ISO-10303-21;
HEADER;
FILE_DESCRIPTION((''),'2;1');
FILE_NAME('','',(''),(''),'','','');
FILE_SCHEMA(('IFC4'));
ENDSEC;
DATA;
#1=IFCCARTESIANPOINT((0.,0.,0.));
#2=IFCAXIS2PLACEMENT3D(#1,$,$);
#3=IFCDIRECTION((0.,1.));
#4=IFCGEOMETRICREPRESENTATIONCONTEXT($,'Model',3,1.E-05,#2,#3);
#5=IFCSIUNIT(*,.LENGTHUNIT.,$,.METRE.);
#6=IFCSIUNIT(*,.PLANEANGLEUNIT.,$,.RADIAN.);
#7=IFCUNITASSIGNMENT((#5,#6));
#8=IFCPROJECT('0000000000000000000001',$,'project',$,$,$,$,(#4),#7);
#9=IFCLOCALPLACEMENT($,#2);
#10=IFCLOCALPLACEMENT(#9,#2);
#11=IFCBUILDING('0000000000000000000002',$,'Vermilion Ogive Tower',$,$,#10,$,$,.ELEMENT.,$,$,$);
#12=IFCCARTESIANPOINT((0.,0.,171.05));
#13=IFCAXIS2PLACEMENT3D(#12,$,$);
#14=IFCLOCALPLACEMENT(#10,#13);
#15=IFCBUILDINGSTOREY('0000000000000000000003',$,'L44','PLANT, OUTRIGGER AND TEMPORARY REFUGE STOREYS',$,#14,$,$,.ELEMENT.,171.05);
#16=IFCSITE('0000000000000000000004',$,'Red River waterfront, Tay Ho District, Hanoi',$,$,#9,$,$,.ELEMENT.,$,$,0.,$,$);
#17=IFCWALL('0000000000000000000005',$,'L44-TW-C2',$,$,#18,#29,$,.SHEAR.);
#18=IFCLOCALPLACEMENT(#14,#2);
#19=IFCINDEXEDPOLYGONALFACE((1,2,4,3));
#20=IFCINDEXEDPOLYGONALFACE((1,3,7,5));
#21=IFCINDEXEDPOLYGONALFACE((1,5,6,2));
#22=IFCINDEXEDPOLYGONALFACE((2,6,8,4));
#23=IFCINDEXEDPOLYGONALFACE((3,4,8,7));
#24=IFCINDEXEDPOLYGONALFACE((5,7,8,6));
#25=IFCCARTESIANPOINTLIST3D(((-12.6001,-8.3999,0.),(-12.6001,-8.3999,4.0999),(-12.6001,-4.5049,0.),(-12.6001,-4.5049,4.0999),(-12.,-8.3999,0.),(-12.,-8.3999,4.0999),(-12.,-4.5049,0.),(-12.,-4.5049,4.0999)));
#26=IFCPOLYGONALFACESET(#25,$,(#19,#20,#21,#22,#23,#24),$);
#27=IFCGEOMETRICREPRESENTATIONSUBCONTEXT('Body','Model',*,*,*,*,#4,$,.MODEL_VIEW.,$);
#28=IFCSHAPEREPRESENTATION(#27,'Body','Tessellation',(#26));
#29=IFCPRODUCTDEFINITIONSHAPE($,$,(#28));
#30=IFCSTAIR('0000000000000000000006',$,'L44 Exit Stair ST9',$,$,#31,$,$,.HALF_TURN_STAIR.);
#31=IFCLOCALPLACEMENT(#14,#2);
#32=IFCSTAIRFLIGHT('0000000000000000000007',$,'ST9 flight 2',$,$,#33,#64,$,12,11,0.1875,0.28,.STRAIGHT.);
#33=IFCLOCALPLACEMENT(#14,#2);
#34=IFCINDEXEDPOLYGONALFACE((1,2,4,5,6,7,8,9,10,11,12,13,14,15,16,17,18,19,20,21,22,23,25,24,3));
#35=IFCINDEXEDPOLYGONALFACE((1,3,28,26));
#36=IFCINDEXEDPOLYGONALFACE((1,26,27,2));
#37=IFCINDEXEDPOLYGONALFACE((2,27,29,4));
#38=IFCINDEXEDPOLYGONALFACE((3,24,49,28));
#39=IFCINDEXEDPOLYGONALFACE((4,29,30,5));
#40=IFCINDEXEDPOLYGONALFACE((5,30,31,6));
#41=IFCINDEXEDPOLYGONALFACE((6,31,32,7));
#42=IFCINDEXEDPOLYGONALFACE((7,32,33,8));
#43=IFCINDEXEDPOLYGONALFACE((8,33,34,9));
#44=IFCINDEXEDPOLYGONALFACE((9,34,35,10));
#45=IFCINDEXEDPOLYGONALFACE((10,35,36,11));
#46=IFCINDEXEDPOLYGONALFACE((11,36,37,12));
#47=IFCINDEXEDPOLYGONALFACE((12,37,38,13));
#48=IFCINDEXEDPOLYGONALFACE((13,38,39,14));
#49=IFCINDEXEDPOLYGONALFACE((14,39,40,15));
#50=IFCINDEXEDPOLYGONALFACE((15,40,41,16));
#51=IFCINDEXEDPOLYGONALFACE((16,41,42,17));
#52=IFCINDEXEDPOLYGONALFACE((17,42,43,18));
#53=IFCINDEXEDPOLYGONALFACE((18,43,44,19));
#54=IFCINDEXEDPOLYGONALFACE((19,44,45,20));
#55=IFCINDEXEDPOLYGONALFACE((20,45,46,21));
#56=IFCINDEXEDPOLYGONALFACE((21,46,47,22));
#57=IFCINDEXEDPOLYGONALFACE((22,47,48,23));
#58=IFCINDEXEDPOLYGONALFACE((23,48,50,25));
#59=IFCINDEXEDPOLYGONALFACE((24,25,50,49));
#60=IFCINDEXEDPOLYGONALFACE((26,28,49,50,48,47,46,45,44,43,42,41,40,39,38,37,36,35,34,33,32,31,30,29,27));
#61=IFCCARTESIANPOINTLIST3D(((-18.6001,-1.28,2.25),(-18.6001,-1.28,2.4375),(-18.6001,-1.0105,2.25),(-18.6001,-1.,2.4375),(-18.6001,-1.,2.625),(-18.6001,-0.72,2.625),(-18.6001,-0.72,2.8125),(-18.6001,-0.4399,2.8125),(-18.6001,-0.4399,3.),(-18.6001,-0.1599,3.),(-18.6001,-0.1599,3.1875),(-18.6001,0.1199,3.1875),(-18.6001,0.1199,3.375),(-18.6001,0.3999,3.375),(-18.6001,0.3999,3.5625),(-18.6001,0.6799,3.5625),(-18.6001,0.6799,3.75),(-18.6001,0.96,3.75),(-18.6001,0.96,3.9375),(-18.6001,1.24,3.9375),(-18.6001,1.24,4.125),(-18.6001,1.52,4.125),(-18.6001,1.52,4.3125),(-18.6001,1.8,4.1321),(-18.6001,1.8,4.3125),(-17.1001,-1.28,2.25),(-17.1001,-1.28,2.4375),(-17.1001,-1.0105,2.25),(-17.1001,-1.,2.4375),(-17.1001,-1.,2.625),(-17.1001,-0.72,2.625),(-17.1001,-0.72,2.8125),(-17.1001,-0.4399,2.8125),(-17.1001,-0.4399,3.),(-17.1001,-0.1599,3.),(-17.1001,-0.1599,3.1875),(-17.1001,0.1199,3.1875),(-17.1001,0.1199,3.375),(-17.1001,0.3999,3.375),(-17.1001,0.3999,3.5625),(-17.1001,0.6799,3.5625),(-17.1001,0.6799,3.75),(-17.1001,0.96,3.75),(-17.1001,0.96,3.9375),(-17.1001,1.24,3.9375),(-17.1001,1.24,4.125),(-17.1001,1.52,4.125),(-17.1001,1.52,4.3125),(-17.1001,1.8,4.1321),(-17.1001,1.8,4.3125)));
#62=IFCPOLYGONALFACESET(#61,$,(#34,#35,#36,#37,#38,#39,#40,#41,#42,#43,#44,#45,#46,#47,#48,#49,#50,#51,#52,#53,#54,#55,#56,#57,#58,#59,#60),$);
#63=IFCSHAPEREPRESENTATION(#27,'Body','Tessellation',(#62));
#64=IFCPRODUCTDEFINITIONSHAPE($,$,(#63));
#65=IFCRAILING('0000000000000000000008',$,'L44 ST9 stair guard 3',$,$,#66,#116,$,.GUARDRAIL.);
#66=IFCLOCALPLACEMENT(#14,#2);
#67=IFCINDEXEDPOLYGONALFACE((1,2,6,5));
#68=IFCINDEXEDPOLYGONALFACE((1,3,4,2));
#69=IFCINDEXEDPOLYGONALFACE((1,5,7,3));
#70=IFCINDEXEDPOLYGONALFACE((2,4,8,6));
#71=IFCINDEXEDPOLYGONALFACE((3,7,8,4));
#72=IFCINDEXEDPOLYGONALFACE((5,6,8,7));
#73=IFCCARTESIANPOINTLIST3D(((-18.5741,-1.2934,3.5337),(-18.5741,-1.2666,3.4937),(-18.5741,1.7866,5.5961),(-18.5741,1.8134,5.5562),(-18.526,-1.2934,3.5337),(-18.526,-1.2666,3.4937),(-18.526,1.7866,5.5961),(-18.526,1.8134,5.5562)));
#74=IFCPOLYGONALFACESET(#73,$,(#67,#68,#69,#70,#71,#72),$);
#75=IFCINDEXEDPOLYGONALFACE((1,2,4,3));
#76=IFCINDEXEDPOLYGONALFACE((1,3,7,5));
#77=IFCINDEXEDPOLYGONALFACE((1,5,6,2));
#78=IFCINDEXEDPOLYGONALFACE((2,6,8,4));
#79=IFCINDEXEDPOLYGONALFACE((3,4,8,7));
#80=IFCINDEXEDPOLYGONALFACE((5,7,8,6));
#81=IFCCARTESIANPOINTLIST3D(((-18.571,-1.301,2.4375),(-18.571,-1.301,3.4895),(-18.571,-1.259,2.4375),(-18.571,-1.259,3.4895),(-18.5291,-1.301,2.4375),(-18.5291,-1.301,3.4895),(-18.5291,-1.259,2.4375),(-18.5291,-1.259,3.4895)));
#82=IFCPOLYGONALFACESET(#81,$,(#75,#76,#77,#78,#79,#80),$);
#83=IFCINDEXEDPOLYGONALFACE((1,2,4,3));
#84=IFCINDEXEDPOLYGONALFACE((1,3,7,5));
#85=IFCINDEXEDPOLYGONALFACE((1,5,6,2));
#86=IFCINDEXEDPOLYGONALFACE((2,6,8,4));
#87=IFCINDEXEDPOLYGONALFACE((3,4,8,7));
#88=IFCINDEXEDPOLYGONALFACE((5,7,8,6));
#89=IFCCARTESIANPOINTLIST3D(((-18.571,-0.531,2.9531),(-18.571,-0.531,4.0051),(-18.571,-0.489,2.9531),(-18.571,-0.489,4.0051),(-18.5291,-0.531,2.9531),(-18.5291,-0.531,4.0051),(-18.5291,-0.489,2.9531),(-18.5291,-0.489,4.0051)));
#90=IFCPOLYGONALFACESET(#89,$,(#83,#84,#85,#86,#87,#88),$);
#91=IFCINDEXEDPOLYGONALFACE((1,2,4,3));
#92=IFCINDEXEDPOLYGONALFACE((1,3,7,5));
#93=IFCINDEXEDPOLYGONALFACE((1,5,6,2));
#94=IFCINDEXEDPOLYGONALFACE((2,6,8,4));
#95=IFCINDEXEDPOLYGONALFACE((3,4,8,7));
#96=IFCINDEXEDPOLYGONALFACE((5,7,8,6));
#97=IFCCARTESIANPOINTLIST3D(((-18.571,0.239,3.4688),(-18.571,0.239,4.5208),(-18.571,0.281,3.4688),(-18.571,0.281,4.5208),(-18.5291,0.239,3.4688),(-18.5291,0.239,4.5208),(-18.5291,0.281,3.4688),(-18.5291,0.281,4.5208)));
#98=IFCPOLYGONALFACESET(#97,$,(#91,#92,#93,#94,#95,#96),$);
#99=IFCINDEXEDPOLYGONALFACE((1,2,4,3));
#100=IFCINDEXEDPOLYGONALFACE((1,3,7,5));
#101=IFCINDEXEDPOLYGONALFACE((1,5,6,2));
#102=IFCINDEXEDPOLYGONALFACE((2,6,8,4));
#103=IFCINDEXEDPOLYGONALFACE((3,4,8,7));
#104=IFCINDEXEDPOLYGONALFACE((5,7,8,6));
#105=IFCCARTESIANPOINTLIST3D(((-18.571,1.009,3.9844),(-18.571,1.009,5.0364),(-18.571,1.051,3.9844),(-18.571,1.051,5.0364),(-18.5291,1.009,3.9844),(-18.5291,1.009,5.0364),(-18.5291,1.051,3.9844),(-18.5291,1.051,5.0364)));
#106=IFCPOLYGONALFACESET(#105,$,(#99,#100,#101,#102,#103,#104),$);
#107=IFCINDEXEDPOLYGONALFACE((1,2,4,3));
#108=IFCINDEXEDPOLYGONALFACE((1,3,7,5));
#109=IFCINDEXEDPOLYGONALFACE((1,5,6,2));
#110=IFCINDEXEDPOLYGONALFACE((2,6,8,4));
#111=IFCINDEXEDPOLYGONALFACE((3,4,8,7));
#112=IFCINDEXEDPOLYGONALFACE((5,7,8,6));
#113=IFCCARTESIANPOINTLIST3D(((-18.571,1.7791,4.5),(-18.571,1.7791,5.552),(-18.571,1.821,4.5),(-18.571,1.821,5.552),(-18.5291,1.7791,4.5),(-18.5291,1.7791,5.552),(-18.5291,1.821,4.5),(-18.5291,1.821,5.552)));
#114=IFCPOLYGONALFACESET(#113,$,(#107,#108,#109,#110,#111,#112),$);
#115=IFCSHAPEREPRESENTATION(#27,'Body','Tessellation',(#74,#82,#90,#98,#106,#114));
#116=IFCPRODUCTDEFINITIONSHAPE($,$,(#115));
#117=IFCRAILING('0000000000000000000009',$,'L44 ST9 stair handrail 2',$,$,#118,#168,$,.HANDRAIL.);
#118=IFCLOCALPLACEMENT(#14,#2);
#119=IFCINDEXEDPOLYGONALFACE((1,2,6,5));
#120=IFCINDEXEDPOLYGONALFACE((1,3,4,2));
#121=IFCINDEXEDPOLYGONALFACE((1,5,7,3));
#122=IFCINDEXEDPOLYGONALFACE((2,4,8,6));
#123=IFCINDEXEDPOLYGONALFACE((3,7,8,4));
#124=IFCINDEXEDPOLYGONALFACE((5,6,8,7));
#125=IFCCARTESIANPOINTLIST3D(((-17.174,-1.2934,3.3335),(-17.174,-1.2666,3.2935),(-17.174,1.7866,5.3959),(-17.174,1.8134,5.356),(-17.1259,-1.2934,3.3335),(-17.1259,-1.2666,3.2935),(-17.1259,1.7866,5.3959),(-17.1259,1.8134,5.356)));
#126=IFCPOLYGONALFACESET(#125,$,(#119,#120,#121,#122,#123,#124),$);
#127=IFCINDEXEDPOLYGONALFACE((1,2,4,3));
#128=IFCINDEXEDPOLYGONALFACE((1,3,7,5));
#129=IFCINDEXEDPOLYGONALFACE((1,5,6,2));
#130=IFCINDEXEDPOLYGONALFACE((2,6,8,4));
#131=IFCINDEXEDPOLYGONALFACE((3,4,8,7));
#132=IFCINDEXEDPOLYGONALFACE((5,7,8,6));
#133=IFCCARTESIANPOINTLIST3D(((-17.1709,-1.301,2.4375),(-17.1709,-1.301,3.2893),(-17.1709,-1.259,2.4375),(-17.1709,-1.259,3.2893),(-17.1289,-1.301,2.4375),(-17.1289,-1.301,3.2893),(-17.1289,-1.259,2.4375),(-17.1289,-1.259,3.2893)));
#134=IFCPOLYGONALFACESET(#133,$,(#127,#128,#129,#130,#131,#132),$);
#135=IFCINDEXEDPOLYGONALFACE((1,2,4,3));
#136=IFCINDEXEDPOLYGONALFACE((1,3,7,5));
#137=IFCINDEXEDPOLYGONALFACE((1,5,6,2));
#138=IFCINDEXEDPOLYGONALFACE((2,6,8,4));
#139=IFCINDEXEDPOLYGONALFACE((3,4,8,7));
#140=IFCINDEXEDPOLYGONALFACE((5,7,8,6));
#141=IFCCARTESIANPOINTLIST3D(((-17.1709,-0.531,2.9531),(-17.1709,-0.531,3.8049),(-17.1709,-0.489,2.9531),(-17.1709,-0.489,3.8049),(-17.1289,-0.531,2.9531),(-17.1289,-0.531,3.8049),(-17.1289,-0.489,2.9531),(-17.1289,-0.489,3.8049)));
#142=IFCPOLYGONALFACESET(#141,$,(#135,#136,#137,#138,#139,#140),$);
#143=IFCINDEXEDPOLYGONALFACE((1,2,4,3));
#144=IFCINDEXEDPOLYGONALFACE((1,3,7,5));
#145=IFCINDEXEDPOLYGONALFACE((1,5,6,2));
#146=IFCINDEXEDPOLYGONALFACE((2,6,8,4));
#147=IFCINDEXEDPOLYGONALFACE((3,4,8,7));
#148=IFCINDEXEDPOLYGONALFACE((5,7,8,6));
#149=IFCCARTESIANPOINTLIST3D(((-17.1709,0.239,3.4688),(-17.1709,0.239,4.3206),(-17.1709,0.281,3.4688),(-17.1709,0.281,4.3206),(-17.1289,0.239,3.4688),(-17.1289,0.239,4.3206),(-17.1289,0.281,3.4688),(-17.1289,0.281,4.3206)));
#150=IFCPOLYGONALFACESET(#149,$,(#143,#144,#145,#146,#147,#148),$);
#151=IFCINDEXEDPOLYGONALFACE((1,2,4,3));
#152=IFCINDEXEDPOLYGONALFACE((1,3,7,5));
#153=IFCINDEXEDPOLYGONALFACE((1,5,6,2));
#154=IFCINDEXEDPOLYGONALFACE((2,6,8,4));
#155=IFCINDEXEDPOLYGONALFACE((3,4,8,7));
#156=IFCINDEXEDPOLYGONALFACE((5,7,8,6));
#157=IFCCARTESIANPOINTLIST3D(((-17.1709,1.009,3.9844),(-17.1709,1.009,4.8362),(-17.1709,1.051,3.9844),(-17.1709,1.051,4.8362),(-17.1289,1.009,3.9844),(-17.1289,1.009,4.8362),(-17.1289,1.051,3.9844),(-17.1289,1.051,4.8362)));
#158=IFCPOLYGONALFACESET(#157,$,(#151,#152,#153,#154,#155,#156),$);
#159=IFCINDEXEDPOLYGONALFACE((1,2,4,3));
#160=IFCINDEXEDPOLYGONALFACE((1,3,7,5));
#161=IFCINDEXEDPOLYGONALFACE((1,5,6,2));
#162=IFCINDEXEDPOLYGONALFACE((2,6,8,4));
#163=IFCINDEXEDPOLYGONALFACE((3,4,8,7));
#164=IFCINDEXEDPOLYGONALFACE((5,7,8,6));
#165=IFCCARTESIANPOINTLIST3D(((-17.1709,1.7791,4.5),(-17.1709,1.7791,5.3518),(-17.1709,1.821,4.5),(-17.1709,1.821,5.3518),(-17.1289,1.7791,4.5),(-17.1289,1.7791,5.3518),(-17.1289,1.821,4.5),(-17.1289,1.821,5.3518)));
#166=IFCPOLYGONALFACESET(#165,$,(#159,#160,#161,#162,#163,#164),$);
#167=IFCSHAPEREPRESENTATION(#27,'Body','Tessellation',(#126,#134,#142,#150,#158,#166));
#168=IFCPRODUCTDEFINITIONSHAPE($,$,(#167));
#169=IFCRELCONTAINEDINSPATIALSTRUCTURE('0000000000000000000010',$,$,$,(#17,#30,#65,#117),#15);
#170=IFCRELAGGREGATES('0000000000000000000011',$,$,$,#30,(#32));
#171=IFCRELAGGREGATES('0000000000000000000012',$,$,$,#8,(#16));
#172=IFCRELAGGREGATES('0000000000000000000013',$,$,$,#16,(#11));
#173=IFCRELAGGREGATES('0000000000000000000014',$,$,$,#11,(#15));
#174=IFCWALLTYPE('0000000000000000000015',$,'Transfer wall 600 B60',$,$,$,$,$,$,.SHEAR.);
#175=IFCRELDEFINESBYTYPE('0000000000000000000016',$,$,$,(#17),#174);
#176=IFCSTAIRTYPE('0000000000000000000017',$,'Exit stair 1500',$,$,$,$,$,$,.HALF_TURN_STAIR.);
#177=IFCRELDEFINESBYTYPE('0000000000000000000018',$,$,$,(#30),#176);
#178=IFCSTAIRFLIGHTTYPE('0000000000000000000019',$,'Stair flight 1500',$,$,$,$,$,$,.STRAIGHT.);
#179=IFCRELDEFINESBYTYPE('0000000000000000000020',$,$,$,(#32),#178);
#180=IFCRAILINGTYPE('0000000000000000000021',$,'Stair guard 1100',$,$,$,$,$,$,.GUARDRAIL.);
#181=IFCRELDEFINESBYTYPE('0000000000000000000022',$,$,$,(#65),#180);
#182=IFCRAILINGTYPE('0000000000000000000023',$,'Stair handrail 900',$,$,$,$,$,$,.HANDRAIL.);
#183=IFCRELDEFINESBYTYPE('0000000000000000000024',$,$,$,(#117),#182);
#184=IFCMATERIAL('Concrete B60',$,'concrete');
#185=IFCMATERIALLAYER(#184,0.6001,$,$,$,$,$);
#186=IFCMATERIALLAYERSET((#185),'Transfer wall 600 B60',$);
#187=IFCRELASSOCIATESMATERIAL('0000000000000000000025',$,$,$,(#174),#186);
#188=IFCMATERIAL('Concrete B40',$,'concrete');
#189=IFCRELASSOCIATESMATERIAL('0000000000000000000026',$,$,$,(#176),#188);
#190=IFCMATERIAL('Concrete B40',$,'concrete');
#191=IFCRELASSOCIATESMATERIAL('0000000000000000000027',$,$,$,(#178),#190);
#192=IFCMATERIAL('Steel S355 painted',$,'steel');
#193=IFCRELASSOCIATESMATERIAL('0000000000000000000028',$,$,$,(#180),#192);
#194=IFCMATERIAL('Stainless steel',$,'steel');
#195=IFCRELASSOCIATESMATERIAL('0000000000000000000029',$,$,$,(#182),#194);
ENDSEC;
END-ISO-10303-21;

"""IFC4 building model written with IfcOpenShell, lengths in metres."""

from ifc_helpers import new_model, si_unit, direction, frame, frame_2d, origin, origin_2d, place, context, subcontext, project, spatial, polyline, rectangle, outline, extrude, material, layer, layer_set, type_object, element, aggregate, save


model = new_model("IFC4")

# Units and contexts
model_context = context("Model", 3, precision=1e-05, world=origin(), true_north=direction((0.0, 1.0)))
body_context = subcontext(model_context, "Body", "Model", "MODEL_VIEW")
ifc_project = project(units=[si_unit("LENGTHUNIT", "METRE"), si_unit("PLANEANGLEUNIT", "RADIAN")], contexts=[model_context])

# Site, building, storey
site_placement = place(None, origin())
site = spatial("IfcSite", under=ifc_project, at=site_placement, Name="Red River waterfront, Tay Ho District, Hanoi", CompositionType="ELEMENT", RefElevation=0.0)
building_placement = place(site_placement, origin())
building = spatial("IfcBuilding", under=site, at=building_placement, Name="Vermilion Ogive Tower", CompositionType="ELEMENT")
storey_placement = place(building_placement, frame((0.0, 0.0, 171.05)))
storey = spatial("IfcBuildingStorey", under=building, at=storey_placement, Name="L44", Description="PLANT, OUTRIGGER AND TEMPORARY REFUGE STOREYS", CompositionType="ELEMENT", Elevation=171.05)

# Wall
ifc_material_1 = material(Name="Concrete B60", Category="concrete")
ifc_layer_1 = layer(ifc_material_1, 0.6001)
ifc_layer_set_1 = layer_set([ifc_layer_1], Name="Transfer wall 600 B60")
wall_type_1 = type_object("IfcWallType", Name="Transfer wall 600 B60", PredefinedType="SHEAR", material=ifc_layer_set_1)
wall_1_placement = place(storey_placement, frame((-12.3, -8.3999, 0.0), z_axis=(0.0, 0.0, 1.0), x_axis=(0.0, 1.0, 0.0)))
element("IfcWall", 1, at=wall_1_placement, inside=storey, type_object=wall_type_1, Name="L44-TW-C2", PredefinedType="SHEAR", context=body_context, shape_type="SweptSolid", body=[
    extrude(rectangle(XDim=3.895, YDim=0.6001, at=frame_2d((1.9475, 0.0))), origin(), (0.0, 0.0, 1.0), 4.0999),
])

# Stair, stair flight
ifc_material_2 = material(Name="Concrete B40", Category="concrete")
stair_type = type_object("IfcStairType", Name="Exit stair 1500", PredefinedType="HALF_TURN_STAIR", material=ifc_material_2)
stair_placement = place(storey_placement, origin())
stair = element("IfcStair", 2, at=stair_placement, inside=storey, type_object=stair_type, Name="L44 Exit Stair ST9", PredefinedType="HALF_TURN_STAIR")
ifc_material_3 = material(Name="Concrete B40", Category="concrete")
stair_flight_type = type_object("IfcStairFlightType", Name="Stair flight 1500", PredefinedType="STRAIGHT", material=ifc_material_3)
stair_flight_placement = place(storey_placement, frame((-17.8501, -1.28, 2.25), z_axis=(0.0, 0.0, 1.0), x_axis=(0.0, 1.0, 0.0)))
stair_flight = element("IfcStairFlight", 3, at=stair_flight_placement, type_object=stair_flight_type, Name="ST9 flight 2", NumberOfRisers=12, NumberOfTreads=11, PredefinedType="STRAIGHT", RiserHeight=0.1875, TreadLength=0.28, context=body_context, shape_type="SweptSolid", body=[
    extrude(outline(polyline([(0.0, 0.0), (0.0, 0.1875), (0.28, 0.1875), (0.28, 0.375), (0.5601, 0.375), (0.5601, 0.5625), (0.8401, 0.5625), (0.8401, 0.75), (1.1201, 0.75), (1.1201, 0.9375), (1.3999, 0.9375), (1.3999, 1.125), (1.6799, 1.125), (1.6799, 1.3125), (1.96, 1.3125), (1.96, 1.5), (2.24, 1.5), (2.24, 1.6875), (2.52, 1.6875), (2.52, 1.875), (2.8, 1.875), (2.8, 2.0625), (3.0801, 2.0625), (3.0801, 2.25), (3.0801, 1.8821), (0.2695, 0.0), (0.0, 0.0)])), frame((0.0, 0.75, 0.0), z_axis=(0.0, -1.0, 0.0), x_axis=(1.0, 0.0, 0.0)), (0.0, 0.0, 1.0), 1.5),
])
aggregate(stair, [stair_flight])

# Railings
ifc_material_4 = material(Name="Steel S355 painted", Category="steel")
railing_type_1 = type_object("IfcRailingType", Name="Stair guard 1100", PredefinedType="GUARDRAIL", material=ifc_material_4)
railing_1_placement = place(storey_placement, frame((-18.55, -1.28, 2.4375)))
element("IfcRailing", 4, at=railing_1_placement, inside=storey, type_object=railing_type_1, Name="L44 ST9 stair guard 3", PredefinedType="GUARDRAIL", context=body_context, shape_type="SweptSolid", body=[
    extrude(rectangle(XDim=0.0481, YDim=0.0481, at=origin_2d()), frame((0.0, 0.0, 1.0762), z_axis=(0.0, 0.830914, 0.556401), x_axis=(-1.0, 0.0, 0.0)), (0.0, 0.0, 1.0), 3.7068),
    extrude(rectangle(XDim=0.042, YDim=0.042, at=origin_2d()), origin(), (0.0, 0.0, 1.0), 1.052),
    extrude(rectangle(XDim=0.042, YDim=0.042, at=origin_2d()), frame((0.0, 0.77, 0.5156)), (0.0, 0.0, 1.0), 1.052),
    extrude(rectangle(XDim=0.042, YDim=0.042, at=origin_2d()), frame((0.0, 1.54, 1.0312)), (0.0, 0.0, 1.0), 1.052),
    extrude(rectangle(XDim=0.042, YDim=0.042, at=origin_2d()), frame((0.0, 2.3101, 1.5469)), (0.0, 0.0, 1.0), 1.052),
    extrude(rectangle(XDim=0.042, YDim=0.042, at=origin_2d()), frame((0.0, 3.0801, 2.0625)), (0.0, 0.0, 1.0), 1.052),
])
ifc_material_5 = material(Name="Stainless steel", Category="steel")
railing_type_2 = type_object("IfcRailingType", Name="Stair handrail 900", PredefinedType="HANDRAIL", material=ifc_material_5)
railing_2_placement = place(storey_placement, frame((-17.1499, -1.28, 2.4375)))
element("IfcRailing", 5, at=railing_2_placement, inside=storey, type_object=railing_type_2, Name="L44 ST9 stair handrail 2", PredefinedType="HANDRAIL", context=body_context, shape_type="SweptSolid", body=[
    extrude(rectangle(XDim=0.0481, YDim=0.0481, at=origin_2d()), frame((0.0, 0.0, 0.876), z_axis=(0.0, 0.830914, 0.556401), x_axis=(-1.0, 0.0, 0.0)), (0.0, 0.0, 1.0), 3.7068),
    extrude(rectangle(XDim=0.042, YDim=0.042, at=origin_2d()), origin(), (0.0, 0.0, 1.0), 0.8518),
    extrude(rectangle(XDim=0.042, YDim=0.042, at=origin_2d()), frame((0.0, 0.77, 0.5156)), (0.0, 0.0, 1.0), 0.8518),
    extrude(rectangle(XDim=0.042, YDim=0.042, at=origin_2d()), frame((0.0, 1.54, 1.0312)), (0.0, 0.0, 1.0), 0.8518),
    extrude(rectangle(XDim=0.042, YDim=0.042, at=origin_2d()), frame((0.0, 2.3101, 1.5469)), (0.0, 0.0, 1.0), 0.8518),
    extrude(rectangle(XDim=0.042, YDim=0.042, at=origin_2d()), frame((0.0, 3.0801, 2.0625)), (0.0, 0.0, 1.0), 0.8518),
])

save(model, "model.ifc")
